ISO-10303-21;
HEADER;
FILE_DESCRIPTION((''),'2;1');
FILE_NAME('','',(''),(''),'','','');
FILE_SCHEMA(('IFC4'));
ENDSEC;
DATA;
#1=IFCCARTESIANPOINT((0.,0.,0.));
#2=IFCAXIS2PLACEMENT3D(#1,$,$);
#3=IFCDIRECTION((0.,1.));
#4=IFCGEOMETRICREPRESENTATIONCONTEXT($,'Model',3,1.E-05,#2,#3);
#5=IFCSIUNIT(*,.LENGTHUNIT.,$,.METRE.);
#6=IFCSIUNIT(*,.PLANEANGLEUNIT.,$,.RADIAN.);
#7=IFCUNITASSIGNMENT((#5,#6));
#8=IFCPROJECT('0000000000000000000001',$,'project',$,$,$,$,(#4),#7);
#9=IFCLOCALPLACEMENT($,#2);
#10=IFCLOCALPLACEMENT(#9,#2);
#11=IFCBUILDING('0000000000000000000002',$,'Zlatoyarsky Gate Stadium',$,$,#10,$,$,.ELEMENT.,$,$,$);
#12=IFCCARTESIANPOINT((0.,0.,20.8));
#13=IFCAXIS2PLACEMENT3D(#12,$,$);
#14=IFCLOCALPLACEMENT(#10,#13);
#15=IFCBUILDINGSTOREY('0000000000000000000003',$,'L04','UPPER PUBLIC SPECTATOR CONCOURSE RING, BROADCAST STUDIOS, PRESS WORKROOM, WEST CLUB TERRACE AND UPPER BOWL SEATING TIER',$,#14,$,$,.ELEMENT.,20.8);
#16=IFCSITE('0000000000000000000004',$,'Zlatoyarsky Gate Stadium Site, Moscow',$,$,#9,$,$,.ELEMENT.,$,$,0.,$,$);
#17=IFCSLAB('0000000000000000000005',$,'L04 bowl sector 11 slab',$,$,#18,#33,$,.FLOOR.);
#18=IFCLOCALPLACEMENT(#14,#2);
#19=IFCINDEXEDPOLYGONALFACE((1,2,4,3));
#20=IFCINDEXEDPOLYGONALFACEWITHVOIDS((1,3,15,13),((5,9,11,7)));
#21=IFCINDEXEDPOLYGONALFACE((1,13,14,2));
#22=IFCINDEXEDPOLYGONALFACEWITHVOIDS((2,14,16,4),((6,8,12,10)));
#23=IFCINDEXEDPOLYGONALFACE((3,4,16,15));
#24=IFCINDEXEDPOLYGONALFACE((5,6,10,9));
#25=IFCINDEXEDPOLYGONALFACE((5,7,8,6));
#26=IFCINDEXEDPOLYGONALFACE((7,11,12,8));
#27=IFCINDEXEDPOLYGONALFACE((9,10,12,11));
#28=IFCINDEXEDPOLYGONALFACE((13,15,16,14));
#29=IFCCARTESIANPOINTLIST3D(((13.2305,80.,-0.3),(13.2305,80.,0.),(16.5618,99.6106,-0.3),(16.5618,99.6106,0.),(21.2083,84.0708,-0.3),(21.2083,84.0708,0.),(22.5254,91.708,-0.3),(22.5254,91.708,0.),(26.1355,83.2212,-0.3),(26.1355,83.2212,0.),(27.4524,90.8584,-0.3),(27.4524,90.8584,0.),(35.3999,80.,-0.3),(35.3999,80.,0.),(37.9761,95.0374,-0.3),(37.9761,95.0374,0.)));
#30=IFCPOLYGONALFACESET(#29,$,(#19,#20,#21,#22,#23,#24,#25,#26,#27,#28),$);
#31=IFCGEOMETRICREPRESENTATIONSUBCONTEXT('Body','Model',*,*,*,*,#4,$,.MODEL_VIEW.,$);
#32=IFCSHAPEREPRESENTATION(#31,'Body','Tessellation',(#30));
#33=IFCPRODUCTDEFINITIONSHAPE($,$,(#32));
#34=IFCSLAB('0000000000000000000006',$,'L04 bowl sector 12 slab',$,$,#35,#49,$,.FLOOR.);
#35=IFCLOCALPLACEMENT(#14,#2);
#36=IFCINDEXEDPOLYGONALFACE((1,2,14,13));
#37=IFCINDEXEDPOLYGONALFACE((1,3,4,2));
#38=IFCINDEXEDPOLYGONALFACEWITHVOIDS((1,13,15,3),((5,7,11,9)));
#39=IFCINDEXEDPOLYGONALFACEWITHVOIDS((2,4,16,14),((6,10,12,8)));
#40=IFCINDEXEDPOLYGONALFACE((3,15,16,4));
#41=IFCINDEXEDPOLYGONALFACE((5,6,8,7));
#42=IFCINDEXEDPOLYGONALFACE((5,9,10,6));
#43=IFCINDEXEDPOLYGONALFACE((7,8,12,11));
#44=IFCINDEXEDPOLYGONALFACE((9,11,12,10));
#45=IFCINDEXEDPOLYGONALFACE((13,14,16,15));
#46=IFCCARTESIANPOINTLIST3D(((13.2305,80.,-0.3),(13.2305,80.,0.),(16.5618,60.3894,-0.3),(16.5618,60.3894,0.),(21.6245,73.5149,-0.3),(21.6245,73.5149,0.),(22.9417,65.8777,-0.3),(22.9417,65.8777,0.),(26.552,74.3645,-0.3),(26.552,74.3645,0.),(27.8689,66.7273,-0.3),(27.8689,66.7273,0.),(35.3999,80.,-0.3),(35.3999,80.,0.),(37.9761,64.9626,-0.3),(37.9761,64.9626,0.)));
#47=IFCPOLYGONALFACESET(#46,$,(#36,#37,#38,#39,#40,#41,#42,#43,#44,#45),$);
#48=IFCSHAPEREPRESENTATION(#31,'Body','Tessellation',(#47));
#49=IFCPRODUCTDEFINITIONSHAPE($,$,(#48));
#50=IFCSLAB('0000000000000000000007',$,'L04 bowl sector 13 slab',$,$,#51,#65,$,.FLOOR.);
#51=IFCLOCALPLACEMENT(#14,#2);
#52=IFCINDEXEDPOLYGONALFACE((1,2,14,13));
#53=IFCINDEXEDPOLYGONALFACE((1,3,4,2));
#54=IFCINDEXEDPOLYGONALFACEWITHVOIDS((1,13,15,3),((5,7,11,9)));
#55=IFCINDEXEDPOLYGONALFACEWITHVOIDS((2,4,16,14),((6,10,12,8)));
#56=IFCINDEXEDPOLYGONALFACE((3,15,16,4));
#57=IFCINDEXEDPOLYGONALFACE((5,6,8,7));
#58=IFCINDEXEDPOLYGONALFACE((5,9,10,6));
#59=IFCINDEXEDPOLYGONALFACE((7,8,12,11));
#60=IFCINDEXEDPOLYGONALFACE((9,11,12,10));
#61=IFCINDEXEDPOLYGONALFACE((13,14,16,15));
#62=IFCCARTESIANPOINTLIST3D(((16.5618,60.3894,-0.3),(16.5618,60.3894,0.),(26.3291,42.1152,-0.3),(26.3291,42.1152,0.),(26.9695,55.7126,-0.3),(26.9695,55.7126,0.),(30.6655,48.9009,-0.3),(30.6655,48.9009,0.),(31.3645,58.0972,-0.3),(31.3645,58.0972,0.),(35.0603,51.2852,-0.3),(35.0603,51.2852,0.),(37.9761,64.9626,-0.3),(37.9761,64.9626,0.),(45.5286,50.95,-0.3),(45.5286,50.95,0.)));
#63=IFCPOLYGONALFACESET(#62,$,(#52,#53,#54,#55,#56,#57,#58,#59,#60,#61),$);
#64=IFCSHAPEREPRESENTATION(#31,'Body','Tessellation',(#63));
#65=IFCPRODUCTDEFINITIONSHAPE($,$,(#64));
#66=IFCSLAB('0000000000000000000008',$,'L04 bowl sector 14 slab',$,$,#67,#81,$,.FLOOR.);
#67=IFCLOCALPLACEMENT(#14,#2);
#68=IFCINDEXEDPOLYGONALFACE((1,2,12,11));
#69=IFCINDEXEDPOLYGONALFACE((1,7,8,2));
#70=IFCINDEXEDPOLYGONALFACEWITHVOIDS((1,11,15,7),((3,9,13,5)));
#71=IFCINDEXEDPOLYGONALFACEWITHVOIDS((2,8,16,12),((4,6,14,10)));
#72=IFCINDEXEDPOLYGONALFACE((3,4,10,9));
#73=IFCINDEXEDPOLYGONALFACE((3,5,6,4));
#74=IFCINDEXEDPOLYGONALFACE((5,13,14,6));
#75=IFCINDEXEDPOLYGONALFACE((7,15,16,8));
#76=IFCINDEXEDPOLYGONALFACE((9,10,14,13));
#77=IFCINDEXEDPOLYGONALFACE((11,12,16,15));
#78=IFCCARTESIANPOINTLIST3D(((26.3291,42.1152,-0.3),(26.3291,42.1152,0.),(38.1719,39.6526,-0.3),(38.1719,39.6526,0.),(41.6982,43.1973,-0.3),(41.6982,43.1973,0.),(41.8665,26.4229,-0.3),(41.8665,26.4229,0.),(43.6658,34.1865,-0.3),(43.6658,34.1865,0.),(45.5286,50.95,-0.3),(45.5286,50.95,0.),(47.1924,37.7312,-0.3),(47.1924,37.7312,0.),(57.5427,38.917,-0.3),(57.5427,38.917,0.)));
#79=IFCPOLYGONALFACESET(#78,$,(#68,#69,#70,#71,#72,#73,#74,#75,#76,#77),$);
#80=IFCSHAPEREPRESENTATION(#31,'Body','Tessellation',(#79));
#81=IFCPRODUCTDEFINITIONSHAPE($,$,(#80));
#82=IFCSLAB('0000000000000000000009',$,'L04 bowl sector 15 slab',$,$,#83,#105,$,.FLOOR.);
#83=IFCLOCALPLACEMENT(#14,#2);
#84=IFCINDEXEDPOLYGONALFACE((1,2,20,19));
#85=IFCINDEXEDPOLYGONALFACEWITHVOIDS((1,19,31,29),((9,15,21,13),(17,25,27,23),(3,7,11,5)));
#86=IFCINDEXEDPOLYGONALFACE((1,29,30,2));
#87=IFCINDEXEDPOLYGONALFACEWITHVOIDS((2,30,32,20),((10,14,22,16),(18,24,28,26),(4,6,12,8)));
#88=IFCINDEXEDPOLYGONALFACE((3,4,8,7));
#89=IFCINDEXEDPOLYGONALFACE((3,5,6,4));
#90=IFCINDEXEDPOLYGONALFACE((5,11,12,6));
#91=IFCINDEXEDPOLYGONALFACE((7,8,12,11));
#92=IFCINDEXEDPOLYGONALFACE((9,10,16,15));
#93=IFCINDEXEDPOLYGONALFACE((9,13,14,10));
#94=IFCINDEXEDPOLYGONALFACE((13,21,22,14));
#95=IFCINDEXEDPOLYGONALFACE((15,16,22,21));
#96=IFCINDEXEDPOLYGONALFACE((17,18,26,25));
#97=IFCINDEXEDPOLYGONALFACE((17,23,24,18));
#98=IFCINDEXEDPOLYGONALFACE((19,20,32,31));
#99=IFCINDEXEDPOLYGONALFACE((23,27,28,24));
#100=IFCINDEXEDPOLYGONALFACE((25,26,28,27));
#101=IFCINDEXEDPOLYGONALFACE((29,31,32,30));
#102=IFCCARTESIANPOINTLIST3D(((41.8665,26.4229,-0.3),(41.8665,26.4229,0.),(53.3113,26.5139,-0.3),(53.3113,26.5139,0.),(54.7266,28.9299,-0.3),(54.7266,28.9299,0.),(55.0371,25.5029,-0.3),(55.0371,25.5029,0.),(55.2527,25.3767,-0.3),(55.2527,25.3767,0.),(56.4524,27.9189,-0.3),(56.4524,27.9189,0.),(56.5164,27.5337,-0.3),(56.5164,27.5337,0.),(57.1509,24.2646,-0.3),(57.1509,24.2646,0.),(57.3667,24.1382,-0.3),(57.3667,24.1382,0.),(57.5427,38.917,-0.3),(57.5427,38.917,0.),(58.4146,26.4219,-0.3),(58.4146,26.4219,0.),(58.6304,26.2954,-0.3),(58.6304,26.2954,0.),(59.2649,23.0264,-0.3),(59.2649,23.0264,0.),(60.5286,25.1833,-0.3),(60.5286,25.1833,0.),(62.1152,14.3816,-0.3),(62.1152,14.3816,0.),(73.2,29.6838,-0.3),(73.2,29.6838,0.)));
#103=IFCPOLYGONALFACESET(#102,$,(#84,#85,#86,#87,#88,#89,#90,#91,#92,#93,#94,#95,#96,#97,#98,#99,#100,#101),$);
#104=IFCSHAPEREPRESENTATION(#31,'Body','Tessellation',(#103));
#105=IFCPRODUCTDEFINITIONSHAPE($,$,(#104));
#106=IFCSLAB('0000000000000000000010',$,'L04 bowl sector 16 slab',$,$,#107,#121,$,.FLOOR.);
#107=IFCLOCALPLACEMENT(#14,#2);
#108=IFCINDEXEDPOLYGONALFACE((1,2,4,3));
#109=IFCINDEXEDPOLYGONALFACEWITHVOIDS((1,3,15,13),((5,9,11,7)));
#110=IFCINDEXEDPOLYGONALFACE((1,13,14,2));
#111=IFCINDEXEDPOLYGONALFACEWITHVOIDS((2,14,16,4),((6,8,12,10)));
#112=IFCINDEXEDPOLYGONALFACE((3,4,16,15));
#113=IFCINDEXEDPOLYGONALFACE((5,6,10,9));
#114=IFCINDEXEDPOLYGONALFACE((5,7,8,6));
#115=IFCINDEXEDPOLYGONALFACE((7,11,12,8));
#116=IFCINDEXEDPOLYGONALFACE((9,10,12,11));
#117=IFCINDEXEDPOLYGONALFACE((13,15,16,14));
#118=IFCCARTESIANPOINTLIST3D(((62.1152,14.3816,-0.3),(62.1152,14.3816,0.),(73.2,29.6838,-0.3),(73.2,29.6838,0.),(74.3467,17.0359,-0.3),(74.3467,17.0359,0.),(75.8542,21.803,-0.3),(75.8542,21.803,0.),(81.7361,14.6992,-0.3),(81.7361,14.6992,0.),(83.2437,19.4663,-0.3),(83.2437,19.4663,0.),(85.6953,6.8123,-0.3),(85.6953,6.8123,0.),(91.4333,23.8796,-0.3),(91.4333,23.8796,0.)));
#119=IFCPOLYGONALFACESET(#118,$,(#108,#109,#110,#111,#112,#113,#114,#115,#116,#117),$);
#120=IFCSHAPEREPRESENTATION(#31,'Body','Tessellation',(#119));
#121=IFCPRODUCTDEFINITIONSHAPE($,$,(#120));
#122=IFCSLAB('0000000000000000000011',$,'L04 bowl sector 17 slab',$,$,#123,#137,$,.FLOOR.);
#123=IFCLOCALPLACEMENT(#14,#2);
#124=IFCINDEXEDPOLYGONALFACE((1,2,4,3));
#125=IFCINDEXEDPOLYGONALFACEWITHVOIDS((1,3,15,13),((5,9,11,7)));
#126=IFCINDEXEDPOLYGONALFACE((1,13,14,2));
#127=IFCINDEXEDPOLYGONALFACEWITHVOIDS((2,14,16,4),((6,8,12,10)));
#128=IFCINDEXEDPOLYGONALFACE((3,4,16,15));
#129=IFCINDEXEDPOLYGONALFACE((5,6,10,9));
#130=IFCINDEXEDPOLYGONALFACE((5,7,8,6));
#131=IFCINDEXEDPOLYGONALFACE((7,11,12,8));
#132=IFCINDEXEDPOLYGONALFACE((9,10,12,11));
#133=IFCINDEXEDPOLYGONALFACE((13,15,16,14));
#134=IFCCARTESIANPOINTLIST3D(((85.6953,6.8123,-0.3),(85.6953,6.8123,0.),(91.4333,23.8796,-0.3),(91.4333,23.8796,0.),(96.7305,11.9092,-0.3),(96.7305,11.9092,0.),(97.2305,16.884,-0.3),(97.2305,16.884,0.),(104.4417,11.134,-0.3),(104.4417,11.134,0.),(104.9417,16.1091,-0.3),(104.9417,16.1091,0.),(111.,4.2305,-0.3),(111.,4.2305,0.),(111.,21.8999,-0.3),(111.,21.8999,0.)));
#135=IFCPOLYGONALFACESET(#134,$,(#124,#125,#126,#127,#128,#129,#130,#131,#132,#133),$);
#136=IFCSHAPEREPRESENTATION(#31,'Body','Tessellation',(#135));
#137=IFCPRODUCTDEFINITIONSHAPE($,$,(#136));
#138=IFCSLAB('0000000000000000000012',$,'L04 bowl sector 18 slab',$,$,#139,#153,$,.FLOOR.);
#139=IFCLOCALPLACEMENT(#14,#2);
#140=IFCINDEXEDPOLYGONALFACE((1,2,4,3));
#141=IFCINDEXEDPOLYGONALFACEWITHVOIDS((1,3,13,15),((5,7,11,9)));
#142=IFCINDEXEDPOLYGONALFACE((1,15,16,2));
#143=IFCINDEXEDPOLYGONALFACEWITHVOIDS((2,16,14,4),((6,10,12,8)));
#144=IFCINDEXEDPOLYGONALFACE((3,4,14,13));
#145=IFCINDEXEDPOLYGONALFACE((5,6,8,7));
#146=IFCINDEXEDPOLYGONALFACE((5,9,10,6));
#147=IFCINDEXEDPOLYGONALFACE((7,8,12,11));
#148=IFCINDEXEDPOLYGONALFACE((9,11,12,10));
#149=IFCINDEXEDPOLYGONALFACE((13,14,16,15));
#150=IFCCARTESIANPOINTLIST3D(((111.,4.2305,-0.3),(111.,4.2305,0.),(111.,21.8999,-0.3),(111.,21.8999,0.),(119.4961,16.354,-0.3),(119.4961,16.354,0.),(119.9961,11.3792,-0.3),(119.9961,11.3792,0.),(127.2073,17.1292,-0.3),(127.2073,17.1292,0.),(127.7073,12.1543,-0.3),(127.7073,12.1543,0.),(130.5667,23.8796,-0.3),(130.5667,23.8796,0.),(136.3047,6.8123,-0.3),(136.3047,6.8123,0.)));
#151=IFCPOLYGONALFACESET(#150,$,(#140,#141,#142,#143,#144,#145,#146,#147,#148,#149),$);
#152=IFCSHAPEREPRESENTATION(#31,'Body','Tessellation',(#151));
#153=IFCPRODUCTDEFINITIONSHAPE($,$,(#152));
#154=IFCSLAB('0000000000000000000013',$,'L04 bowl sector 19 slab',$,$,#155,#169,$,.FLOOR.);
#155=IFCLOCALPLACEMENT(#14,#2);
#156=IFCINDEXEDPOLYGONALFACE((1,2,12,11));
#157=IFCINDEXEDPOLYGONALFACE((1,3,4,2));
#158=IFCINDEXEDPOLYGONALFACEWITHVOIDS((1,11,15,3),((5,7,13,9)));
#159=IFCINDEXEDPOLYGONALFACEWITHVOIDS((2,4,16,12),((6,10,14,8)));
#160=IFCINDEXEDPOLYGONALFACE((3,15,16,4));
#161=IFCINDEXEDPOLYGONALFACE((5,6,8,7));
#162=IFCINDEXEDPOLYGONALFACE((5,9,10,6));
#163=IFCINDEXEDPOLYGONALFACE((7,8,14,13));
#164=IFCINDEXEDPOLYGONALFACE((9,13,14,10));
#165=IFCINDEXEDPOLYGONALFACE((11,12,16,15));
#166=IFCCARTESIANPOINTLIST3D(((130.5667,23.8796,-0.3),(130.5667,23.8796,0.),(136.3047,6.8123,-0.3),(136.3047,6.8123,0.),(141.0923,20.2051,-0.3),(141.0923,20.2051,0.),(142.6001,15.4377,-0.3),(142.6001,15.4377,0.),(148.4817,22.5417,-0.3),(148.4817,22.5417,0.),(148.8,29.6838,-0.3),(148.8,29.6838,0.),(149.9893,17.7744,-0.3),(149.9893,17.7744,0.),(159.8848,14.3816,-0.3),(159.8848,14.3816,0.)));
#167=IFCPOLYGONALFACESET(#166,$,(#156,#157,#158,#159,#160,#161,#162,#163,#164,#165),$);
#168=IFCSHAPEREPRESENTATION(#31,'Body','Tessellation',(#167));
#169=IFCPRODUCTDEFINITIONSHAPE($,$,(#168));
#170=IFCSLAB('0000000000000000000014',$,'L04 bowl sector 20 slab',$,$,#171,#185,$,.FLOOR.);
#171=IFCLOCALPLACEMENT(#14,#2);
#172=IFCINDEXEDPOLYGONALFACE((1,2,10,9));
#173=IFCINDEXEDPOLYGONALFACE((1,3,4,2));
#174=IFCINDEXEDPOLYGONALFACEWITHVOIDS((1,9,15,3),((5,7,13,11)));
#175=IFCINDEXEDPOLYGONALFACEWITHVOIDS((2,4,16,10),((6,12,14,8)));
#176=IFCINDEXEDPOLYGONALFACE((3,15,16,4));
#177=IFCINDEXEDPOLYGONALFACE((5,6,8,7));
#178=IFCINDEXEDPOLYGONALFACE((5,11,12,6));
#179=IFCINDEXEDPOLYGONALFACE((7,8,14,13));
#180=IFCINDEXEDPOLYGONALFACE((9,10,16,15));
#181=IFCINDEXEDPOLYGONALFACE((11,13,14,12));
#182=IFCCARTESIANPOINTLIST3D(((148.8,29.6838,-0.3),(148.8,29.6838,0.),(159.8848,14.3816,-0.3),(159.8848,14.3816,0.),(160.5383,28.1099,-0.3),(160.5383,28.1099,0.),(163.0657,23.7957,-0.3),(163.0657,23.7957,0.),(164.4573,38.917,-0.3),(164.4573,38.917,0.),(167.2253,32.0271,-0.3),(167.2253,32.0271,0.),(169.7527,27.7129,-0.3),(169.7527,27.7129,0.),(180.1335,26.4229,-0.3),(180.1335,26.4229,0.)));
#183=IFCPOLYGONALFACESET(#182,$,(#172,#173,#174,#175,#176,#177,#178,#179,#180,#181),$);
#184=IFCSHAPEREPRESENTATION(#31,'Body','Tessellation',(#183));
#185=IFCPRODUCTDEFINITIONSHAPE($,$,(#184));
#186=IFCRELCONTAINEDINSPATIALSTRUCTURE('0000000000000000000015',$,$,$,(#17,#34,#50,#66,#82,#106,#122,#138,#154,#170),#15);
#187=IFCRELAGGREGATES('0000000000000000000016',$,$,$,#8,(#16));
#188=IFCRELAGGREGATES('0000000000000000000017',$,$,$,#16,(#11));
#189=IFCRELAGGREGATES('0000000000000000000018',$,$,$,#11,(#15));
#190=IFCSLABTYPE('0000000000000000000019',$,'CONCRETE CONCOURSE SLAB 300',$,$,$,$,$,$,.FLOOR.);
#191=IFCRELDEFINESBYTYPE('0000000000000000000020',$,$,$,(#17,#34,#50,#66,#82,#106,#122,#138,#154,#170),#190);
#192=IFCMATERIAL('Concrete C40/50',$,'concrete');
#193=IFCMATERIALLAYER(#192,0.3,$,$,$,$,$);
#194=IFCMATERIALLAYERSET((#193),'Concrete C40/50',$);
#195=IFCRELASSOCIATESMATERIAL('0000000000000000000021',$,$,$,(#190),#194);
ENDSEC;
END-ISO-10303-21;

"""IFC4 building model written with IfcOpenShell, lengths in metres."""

from ifc_helpers import new_model, si_unit, direction, frame, origin, place, context, subcontext, project, spatial, polyline, outline, extrude, material, layer, layer_set, type_object, element, save


model = new_model("IFC4")

# Units and contexts
model_context = context("Model", 3, precision=1e-05, world=origin(), true_north=direction((0.0, 1.0)))
body_context = subcontext(model_context, "Body", "Model", "MODEL_VIEW")
ifc_project = project(units=[si_unit("LENGTHUNIT", "METRE"), si_unit("PLANEANGLEUNIT", "RADIAN")], contexts=[model_context])

# Site, building, storey
site_placement = place(None, origin())
site = spatial("IfcSite", under=ifc_project, at=site_placement, Name="Zlatoyarsky Gate Stadium Site, Moscow", CompositionType="ELEMENT", RefElevation=0.0)
building_placement = place(site_placement, origin())
building = spatial("IfcBuilding", under=site, at=building_placement, Name="Zlatoyarsky Gate Stadium", CompositionType="ELEMENT")
storey_placement = place(building_placement, frame((0.0, 0.0, 20.8)))
storey = spatial("IfcBuildingStorey", under=building, at=storey_placement, Name="L04", Description="UPPER PUBLIC SPECTATOR CONCOURSE RING, BROADCAST STUDIOS, PRESS WORKROOM, WEST CLUB TERRACE AND UPPER BOWL SEATING TIER", CompositionType="ELEMENT", Elevation=20.8)

# Slabs
ifc_material_1 = material(Name="Concrete C40/50", Category="concrete")
ifc_layer_1 = layer(ifc_material_1, 0.3)
ifc_layer_set_1 = layer_set([ifc_layer_1], Name="Concrete C40/50")
slab_type_1 = type_object("IfcSlabType", Name="CONCRETE CONCOURSE SLAB 300", PredefinedType="FLOOR", material=ifc_layer_set_1)
slab_1_placement = place(storey_placement, frame((0.0, 0.0, -0.3)))
element("IfcSlab", 1, at=slab_1_placement, inside=storey, type_object=slab_type_1, Name="L04 bowl sector 11 slab", PredefinedType="FLOOR", context=body_context, shape_type="SweptSolid", body=[
    extrude(outline(polyline([(35.3999, 80.0), (13.2305, 80.0), (16.5618, 99.6106), (37.9761, 95.0374), (35.3999, 80.0)]), holes=[polyline([(22.5254, 91.708), (21.2083, 84.0708), (26.1355, 83.2212), (27.4524, 90.8584), (22.5254, 91.708)])]), origin(), (0.0, 0.0, 1.0), 0.3),
])
slab_2_placement = place(storey_placement, frame((0.0, 0.0, -0.3)))
element("IfcSlab", 2, at=slab_2_placement, inside=storey, type_object=slab_type_1, Name="L04 bowl sector 12 slab", PredefinedType="FLOOR", context=body_context, shape_type="SweptSolid", body=[
    extrude(outline(polyline([(37.9761, 64.9626), (16.5618, 60.3894), (13.2305, 80.0), (35.3999, 80.0), (37.9761, 64.9626)]), holes=[polyline([(21.6245, 73.5149), (22.9417, 65.8777), (27.8689, 66.7273), (26.552, 74.3645), (21.6245, 73.5149)])]), origin(), (0.0, 0.0, 1.0), 0.3),
])
slab_3_placement = place(storey_placement, frame((0.0, 0.0, -0.3)))
element("IfcSlab", 3, at=slab_3_placement, inside=storey, type_object=slab_type_1, Name="L04 bowl sector 13 slab", PredefinedType="FLOOR", context=body_context, shape_type="SweptSolid", body=[
    extrude(outline(polyline([(45.5286, 50.95), (26.3291, 42.1152), (16.5618, 60.3894), (37.9761, 64.9626), (45.5286, 50.95)]), holes=[polyline([(26.9695, 55.7126), (30.6655, 48.9009), (35.0603, 51.2852), (31.3645, 58.0972), (26.9695, 55.7126)])]), origin(), (0.0, 0.0, 1.0), 0.3),
])
slab_4_placement = place(storey_placement, frame((0.0, 0.0, -0.3)))
element("IfcSlab", 4, at=slab_4_placement, inside=storey, type_object=slab_type_1, Name="L04 bowl sector 14 slab", PredefinedType="FLOOR", context=body_context, shape_type="SweptSolid", body=[
    extrude(outline(polyline([(57.5427, 38.917), (41.8665, 26.4229), (26.3291, 42.1152), (45.5286, 50.95), (57.5427, 38.917)]), holes=[polyline([(38.1719, 39.6526), (43.6658, 34.1865), (47.1924, 37.7312), (41.6982, 43.1973), (38.1719, 39.6526)])]), origin(), (0.0, 0.0, 1.0), 0.3),
])
slab_5_placement = place(storey_placement, frame((0.0, 0.0, -0.3)))
element("IfcSlab", 5, at=slab_5_placement, inside=storey, type_object=slab_type_1, Name="L04 bowl sector 15 slab", PredefinedType="FLOOR", context=body_context, shape_type="SweptSolid", body=[
    extrude(outline(polyline([(73.2, 29.6838), (62.1152, 14.3816), (41.8665, 26.4229), (57.5427, 38.917), (73.2, 29.6838)]), holes=[polyline([(57.3667, 24.1382), (59.2649, 23.0264), (60.5286, 25.1833), (58.6304, 26.2954), (57.3667, 24.1382)]), polyline([(55.2527, 25.3767), (57.1509, 24.2646), (58.4146, 26.4219), (56.5164, 27.5337), (55.2527, 25.3767)]), polyline([(53.3113, 26.5139), (55.0371, 25.5029), (56.4524, 27.9189), (54.7266, 28.9299), (53.3113, 26.5139)])]), origin(), (0.0, 0.0, 1.0), 0.3),
])
slab_6_placement = place(storey_placement, frame((0.0, 0.0, -0.3)))
element("IfcSlab", 6, at=slab_6_placement, inside=storey, type_object=slab_type_1, Name="L04 bowl sector 16 slab", PredefinedType="FLOOR", context=body_context, shape_type="SweptSolid", body=[
    extrude(outline(polyline([(91.4333, 23.8796), (85.6953, 6.8123), (62.1152, 14.3816), (73.2, 29.6838), (91.4333, 23.8796)]), holes=[polyline([(74.3467, 17.0359), (81.7361, 14.6992), (83.2437, 19.4663), (75.8542, 21.803), (74.3467, 17.0359)])]), origin(), (0.0, 0.0, 1.0), 0.3),
])
slab_7_placement = place(storey_placement, frame((0.0, 0.0, -0.3)))
element("IfcSlab", 7, at=slab_7_placement, inside=storey, type_object=slab_type_1, Name="L04 bowl sector 17 slab", PredefinedType="FLOOR", context=body_context, shape_type="SweptSolid", body=[
    extrude(outline(polyline([(111.0, 21.8999), (111.0, 4.2305), (85.6953, 6.8123), (91.4333, 23.8796), (111.0, 21.8999)]), holes=[polyline([(96.7305, 11.9092), (104.4417, 11.134), (104.9417, 16.1091), (97.2305, 16.884), (96.7305, 11.9092)])]), origin(), (0.0, 0.0, 1.0), 0.3),
])
slab_8_placement = place(storey_placement, frame((0.0, 0.0, -0.3)))
element("IfcSlab", 8, at=slab_8_placement, inside=storey, type_object=slab_type_1, Name="L04 bowl sector 18 slab", PredefinedType="FLOOR", context=body_context, shape_type="SweptSolid", body=[
    extrude(outline(polyline([(130.5667, 23.8796), (136.3047, 6.8123), (111.0, 4.2305), (111.0, 21.8999), (130.5667, 23.8796)]), holes=[polyline([(119.9961, 11.3792), (127.7073, 12.1543), (127.2073, 17.1292), (119.4961, 16.354), (119.9961, 11.3792)])]), origin(), (0.0, 0.0, 1.0), 0.3),
])
slab_9_placement = place(storey_placement, frame((0.0, 0.0, -0.3)))
element("IfcSlab", 9, at=slab_9_placement, inside=storey, type_object=slab_type_1, Name="L04 bowl sector 19 slab", PredefinedType="FLOOR", context=body_context, shape_type="SweptSolid", body=[
    extrude(outline(polyline([(148.8, 29.6838), (159.8848, 14.3816), (136.3047, 6.8123), (130.5667, 23.8796), (148.8, 29.6838)]), holes=[polyline([(142.6001, 15.4377), (149.9893, 17.7744), (148.4817, 22.5417), (141.0923, 20.2051), (142.6001, 15.4377)])]), origin(), (0.0, 0.0, 1.0), 0.3),
])
slab_10_placement = place(storey_placement, frame((0.0, 0.0, -0.3)))
element("IfcSlab", 10, at=slab_10_placement, inside=storey, type_object=slab_type_1, Name="L04 bowl sector 20 slab", PredefinedType="FLOOR", context=body_context, shape_type="SweptSolid", body=[
    extrude(outline(polyline([(164.4573, 38.917), (180.1335, 26.4229), (159.8848, 14.3816), (148.8, 29.6838), (164.4573, 38.917)]), holes=[polyline([(163.0657, 23.7957), (169.7527, 27.7129), (167.2253, 32.0271), (160.5383, 28.1099), (163.0657, 23.7957)])]), origin(), (0.0, 0.0, 1.0), 0.3),
])

save(model, "model.ifc")
